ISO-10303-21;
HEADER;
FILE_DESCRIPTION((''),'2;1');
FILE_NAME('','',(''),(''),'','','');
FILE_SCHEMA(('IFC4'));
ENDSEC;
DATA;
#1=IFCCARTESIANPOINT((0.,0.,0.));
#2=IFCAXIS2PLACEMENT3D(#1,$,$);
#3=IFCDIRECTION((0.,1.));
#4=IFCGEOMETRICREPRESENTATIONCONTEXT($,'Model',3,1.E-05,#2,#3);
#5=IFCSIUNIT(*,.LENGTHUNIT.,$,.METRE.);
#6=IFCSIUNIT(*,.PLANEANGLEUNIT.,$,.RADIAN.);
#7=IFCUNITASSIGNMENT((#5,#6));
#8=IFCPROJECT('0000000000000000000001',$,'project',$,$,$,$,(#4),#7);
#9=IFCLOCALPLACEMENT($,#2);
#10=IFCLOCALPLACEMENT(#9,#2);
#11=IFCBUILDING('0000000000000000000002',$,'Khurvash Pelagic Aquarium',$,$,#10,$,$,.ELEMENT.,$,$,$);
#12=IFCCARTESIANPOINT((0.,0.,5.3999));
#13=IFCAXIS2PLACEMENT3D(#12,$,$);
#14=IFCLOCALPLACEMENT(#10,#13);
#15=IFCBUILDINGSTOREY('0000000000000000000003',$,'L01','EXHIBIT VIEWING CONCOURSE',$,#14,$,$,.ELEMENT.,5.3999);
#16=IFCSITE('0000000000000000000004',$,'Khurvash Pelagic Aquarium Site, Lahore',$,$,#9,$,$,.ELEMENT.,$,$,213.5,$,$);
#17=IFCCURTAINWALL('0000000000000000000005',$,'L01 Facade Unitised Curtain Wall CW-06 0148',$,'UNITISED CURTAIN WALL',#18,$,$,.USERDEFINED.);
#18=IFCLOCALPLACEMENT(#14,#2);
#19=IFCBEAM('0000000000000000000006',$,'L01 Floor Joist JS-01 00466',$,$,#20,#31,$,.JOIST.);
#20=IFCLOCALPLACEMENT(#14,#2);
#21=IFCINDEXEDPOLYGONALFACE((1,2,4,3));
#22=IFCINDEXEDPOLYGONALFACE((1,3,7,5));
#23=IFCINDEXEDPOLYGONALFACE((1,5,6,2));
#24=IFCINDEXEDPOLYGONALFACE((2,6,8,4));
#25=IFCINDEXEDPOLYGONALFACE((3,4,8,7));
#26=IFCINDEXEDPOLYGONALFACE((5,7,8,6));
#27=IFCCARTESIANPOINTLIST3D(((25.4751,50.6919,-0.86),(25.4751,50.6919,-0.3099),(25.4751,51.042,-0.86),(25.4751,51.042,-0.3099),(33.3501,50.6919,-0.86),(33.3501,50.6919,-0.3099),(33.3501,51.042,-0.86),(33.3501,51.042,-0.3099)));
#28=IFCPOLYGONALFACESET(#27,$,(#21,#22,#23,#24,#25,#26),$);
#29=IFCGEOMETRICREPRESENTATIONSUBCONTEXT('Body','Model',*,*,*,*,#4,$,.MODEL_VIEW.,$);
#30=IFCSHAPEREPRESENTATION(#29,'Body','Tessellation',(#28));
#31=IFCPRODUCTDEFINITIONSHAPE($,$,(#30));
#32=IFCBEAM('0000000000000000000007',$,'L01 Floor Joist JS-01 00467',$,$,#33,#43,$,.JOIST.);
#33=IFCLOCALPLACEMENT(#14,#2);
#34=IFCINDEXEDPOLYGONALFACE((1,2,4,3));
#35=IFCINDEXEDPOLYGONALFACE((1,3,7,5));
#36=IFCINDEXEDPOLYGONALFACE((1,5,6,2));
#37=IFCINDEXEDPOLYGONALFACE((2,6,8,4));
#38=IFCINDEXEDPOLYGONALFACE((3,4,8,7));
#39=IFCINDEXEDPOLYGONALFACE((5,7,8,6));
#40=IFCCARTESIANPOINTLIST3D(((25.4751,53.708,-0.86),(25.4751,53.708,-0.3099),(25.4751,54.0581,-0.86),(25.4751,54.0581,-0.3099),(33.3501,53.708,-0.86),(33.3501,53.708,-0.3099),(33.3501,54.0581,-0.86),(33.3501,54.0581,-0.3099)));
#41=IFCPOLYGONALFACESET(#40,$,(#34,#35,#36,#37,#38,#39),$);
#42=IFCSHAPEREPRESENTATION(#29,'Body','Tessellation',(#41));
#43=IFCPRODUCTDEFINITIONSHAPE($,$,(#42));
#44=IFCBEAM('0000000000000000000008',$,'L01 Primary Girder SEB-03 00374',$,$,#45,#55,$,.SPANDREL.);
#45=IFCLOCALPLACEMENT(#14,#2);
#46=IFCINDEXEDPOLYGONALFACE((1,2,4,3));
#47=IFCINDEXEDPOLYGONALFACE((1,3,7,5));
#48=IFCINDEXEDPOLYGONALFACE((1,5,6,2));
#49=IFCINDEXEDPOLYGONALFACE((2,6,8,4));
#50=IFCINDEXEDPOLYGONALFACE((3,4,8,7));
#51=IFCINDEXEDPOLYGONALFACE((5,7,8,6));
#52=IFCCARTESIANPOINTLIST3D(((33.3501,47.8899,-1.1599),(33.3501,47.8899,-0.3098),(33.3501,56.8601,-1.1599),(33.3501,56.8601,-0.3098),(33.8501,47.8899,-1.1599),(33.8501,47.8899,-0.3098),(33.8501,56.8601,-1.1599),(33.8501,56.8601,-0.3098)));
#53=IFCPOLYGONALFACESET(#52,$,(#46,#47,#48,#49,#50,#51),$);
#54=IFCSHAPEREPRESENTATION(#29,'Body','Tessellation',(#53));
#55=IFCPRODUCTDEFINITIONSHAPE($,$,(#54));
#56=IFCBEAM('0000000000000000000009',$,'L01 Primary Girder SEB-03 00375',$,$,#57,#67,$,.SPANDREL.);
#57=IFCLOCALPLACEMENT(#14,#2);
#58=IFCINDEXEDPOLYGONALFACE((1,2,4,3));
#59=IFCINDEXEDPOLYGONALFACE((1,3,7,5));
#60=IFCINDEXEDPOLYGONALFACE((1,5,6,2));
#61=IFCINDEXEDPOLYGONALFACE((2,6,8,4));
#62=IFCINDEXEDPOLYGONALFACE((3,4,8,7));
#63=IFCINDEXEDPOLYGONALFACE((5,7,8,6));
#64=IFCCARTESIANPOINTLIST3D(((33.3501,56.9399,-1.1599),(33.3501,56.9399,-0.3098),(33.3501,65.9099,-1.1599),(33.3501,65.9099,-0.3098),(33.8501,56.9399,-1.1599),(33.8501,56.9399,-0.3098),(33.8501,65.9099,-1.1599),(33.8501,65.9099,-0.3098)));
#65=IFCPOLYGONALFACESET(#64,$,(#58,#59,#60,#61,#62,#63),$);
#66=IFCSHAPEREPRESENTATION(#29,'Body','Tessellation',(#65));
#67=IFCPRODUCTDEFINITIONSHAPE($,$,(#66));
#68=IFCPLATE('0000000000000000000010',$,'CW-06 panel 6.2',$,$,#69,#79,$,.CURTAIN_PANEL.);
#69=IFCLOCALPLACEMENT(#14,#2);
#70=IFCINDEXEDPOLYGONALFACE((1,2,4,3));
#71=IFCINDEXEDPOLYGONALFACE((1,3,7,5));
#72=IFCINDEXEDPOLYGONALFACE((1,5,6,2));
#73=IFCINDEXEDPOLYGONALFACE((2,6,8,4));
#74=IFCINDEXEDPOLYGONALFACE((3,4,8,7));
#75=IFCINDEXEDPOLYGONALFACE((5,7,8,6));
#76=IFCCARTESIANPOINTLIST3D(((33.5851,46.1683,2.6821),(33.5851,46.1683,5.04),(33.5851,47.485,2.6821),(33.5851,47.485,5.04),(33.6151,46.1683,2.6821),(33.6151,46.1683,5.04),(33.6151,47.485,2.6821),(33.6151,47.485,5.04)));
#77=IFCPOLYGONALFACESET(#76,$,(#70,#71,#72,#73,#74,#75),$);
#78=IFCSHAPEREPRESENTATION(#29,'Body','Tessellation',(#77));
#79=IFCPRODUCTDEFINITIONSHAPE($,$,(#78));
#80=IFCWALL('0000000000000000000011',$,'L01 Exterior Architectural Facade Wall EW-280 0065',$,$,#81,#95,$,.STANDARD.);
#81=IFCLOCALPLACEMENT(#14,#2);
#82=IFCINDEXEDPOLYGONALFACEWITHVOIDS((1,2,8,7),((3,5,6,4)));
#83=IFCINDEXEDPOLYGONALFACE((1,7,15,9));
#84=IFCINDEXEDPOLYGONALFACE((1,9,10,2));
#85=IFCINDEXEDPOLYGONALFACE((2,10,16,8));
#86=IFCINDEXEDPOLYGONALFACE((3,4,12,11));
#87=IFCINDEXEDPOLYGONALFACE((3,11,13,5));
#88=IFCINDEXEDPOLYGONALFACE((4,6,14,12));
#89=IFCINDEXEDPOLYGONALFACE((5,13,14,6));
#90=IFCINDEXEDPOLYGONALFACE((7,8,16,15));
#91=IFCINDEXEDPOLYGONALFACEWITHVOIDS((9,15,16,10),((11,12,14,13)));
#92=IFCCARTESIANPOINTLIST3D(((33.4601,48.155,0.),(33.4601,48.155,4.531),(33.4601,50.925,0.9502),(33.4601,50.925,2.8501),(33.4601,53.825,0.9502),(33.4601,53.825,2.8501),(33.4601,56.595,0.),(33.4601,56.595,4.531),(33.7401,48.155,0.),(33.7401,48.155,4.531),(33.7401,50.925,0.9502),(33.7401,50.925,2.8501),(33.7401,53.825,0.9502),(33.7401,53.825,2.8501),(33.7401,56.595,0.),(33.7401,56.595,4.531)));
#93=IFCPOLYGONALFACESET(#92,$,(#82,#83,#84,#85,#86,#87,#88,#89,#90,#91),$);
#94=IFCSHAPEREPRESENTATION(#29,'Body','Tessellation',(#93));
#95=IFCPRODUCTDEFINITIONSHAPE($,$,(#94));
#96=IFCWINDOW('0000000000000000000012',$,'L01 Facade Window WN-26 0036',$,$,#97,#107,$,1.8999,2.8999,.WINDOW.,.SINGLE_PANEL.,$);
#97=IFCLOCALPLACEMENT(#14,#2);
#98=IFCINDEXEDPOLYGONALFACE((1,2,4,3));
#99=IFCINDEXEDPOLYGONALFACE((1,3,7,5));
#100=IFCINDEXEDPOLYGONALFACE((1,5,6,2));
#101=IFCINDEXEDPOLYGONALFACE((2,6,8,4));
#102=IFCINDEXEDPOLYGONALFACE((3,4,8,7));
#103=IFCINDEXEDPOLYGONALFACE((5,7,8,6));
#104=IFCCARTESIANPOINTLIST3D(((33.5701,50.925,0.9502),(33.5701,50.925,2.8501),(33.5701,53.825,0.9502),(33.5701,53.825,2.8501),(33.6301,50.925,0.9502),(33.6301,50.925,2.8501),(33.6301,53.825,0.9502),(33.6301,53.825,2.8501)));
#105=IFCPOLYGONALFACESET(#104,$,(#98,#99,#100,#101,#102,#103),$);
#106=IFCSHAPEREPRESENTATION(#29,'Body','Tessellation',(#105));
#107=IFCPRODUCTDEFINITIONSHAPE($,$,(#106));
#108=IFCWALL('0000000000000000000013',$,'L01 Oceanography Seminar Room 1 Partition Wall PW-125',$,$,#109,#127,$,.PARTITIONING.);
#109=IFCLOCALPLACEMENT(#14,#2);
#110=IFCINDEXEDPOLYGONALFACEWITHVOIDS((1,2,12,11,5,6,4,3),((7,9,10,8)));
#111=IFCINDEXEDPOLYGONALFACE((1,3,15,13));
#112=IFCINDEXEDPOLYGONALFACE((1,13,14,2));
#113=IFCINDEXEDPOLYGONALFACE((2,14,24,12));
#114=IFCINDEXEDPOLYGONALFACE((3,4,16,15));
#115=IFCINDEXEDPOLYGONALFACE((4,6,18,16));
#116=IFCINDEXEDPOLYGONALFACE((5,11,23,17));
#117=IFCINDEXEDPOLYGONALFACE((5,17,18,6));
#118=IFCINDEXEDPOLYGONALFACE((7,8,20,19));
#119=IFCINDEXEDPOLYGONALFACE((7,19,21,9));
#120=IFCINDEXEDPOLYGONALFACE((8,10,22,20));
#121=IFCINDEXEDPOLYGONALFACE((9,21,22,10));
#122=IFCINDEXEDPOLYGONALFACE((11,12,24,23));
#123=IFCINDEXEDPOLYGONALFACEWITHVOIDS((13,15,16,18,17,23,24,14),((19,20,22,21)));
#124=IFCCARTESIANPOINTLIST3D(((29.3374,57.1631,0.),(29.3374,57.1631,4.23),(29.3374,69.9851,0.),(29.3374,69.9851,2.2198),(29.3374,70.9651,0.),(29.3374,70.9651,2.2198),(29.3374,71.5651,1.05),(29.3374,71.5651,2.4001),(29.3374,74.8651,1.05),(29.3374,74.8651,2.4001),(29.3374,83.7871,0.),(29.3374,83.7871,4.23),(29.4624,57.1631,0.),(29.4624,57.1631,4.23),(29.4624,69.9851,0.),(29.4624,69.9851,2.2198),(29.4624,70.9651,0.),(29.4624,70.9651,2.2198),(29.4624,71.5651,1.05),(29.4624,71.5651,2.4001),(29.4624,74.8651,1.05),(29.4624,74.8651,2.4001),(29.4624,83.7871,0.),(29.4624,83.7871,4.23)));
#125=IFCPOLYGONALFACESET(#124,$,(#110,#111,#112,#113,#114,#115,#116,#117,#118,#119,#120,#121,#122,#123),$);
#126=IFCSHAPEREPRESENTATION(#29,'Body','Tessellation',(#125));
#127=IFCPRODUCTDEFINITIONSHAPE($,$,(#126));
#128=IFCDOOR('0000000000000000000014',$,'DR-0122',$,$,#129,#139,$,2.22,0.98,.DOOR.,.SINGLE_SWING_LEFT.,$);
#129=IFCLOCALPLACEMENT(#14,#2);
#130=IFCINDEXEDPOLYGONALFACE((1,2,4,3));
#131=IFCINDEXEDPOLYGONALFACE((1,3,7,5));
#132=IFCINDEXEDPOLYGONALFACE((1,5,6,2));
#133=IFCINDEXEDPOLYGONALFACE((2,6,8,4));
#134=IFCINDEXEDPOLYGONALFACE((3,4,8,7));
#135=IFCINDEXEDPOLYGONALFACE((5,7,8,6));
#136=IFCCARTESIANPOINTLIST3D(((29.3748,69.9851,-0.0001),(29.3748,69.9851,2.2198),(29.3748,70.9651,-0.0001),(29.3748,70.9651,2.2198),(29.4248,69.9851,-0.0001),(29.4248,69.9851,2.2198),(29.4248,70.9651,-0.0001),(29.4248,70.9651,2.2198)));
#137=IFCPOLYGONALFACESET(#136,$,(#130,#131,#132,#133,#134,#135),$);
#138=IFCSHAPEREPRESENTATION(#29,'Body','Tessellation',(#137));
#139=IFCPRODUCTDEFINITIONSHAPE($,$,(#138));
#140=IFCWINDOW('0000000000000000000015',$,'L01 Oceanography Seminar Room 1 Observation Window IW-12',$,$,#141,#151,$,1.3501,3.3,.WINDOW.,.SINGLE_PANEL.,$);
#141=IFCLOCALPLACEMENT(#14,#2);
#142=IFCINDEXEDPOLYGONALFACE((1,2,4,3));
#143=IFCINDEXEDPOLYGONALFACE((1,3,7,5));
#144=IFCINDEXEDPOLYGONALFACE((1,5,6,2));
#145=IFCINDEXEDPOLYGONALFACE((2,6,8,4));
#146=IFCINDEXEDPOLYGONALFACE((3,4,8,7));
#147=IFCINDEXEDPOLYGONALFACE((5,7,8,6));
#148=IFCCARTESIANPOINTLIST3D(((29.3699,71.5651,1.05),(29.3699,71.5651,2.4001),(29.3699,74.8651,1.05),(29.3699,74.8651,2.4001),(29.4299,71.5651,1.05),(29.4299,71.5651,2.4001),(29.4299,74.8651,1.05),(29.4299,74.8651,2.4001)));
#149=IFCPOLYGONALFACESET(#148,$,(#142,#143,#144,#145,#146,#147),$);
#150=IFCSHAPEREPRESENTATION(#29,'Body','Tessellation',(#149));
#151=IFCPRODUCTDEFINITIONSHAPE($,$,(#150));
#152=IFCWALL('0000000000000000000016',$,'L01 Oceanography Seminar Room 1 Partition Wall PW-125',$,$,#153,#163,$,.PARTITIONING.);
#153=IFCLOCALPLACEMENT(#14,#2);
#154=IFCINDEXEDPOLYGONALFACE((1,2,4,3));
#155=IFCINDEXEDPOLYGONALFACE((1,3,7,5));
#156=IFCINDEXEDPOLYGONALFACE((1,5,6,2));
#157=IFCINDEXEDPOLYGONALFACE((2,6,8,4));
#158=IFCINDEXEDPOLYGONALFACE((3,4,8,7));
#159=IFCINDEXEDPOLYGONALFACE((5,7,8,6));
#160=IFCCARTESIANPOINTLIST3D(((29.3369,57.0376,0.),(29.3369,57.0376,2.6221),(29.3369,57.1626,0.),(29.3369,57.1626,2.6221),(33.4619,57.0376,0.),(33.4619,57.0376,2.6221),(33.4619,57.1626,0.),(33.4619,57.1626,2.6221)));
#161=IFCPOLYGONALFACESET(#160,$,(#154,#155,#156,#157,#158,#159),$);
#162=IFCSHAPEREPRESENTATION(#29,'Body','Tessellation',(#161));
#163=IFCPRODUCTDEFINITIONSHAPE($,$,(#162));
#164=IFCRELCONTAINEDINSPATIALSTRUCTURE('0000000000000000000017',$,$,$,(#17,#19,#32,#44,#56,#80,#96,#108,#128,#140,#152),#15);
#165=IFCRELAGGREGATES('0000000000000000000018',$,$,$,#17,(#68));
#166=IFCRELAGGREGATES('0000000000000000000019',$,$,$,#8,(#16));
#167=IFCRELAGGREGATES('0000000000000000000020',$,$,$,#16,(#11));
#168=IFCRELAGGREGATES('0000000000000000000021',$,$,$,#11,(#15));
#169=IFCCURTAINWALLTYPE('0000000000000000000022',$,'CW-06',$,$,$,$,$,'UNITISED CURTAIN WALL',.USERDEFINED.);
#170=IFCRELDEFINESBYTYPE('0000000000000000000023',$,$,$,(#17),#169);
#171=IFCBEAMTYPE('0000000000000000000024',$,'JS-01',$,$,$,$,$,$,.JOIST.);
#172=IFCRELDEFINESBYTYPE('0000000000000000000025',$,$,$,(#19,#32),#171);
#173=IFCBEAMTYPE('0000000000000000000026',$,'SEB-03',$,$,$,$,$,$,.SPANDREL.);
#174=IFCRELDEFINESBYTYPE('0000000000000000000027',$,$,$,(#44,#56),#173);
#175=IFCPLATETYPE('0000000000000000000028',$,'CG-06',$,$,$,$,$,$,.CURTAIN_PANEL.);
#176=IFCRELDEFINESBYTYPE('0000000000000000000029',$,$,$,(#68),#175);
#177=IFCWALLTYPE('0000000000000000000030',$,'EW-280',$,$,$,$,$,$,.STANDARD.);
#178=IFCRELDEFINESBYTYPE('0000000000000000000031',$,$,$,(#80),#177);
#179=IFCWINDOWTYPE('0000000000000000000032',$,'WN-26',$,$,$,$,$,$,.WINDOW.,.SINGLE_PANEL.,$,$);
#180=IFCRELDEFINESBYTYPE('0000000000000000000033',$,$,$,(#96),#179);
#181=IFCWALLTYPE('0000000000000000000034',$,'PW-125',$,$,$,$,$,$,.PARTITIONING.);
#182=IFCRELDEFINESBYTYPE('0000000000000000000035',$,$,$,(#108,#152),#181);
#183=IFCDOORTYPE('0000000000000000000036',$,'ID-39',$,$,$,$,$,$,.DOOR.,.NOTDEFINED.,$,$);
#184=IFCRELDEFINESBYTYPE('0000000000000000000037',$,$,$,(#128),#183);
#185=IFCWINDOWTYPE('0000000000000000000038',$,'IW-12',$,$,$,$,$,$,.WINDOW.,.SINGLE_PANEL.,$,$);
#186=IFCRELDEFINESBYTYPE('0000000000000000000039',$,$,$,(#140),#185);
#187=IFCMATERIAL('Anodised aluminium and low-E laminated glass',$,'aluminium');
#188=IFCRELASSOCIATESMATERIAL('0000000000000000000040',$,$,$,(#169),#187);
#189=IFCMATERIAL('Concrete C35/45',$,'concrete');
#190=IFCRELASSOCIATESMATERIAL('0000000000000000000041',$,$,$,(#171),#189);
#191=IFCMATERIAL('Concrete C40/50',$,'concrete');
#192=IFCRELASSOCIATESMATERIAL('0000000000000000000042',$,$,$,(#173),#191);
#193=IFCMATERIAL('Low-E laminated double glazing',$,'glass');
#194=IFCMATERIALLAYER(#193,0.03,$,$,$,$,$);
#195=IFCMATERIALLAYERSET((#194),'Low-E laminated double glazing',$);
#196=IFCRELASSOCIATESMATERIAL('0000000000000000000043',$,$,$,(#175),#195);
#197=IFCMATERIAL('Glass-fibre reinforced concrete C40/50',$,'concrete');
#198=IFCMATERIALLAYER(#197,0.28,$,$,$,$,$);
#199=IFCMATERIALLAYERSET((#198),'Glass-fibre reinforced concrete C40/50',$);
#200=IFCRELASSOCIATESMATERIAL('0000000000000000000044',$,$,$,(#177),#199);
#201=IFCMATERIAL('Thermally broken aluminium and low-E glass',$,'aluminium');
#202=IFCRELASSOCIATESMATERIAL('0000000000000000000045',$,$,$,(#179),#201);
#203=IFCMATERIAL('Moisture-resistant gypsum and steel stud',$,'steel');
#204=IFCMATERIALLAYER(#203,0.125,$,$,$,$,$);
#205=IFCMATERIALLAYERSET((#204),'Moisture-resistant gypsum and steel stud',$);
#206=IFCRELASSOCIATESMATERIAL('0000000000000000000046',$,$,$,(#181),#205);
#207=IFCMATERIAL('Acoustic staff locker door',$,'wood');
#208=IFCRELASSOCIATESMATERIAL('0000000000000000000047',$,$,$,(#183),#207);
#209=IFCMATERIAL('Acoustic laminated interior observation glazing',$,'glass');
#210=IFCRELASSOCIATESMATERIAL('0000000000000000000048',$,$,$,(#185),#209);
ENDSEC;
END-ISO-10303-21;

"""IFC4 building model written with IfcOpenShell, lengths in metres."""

from ifc_helpers import new_model, si_unit, direction, frame, frame_2d, origin, origin_2d, place, context, subcontext, project, spatial, rectangle, extrude, material, layer, layer_set, material_profile, profile_set, type_object, element, fill, aggregate, save


model = new_model("IFC4")

# Units and contexts
model_context = context("Model", 3, precision=1e-05, world=origin(), true_north=direction((0.0, 1.0)))
body_context = subcontext(model_context, "Body", "Model", "MODEL_VIEW")
ifc_project = project(units=[si_unit("LENGTHUNIT", "METRE"), si_unit("PLANEANGLEUNIT", "RADIAN")], contexts=[model_context])

# Site, building, storey
site_placement = place(None, origin())
site = spatial("IfcSite", under=ifc_project, at=site_placement, Name="Khurvash Pelagic Aquarium Site, Lahore", CompositionType="ELEMENT", RefElevation=213.5)
building_placement = place(site_placement, origin())
building = spatial("IfcBuilding", under=site, at=building_placement, Name="Khurvash Pelagic Aquarium", CompositionType="ELEMENT")
storey_placement = place(building_placement, frame((0.0, 0.0, 5.3999)))
storey = spatial("IfcBuildingStorey", under=building, at=storey_placement, Name="L01", Description="EXHIBIT VIEWING CONCOURSE", CompositionType="ELEMENT", Elevation=5.3999)

# Shared definitions
ifc_material_1 = material(Name="Concrete C40/50", Category="concrete")

# Curtain wall
ifc_material_2 = material(Name="Anodised aluminium and low-E laminated glass", Category="aluminium")
curtain_wall_type = type_object("IfcCurtainWallType", Name="CW-06", ElementType="UNITISED CURTAIN WALL", PredefinedType="USERDEFINED", material=ifc_material_2)
curtain_wall_1_placement = place(storey_placement, origin())
curtain_wall_1 = element("IfcCurtainWall", 1, at=curtain_wall_1_placement, inside=storey, type_object=curtain_wall_type, Name="L01 Facade Unitised Curtain Wall CW-06 0148", ObjectType="UNITISED CURTAIN WALL", PredefinedType="USERDEFINED")

# Beams
ifc_material_3 = material(Name="Concrete C35/45", Category="concrete")
ifc_material_profile_1 = material_profile(ifc_material_3, rectangle(XDim=0.3501, YDim=0.55, at=origin_2d()), Name="RC350X550")
ifc_profile_set_1 = profile_set([ifc_material_profile_1], Name="Concrete C35/45")
beam_type_1 = type_object("IfcBeamType", Name="JS-01", PredefinedType="JOIST", material=ifc_profile_set_1)
for number, where, z_axis, x_axis, name in (
    (2, (25.4751, 50.8669, -0.585), (1.0, 0.0, 0.0), (0.0, 1.0, 0.0), "L01 Floor Joist JS-01 00466"),
    (3, (25.4751, 53.8831, -0.585), (1.0, 0.0, 0.0), (0.0, 1.0, 0.0), "L01 Floor Joist JS-01 00467"),
):
    element("IfcBeam", number, at=place(storey_placement, frame(where, z_axis=z_axis, x_axis=x_axis)), inside=storey, type_object=beam_type_1, Name=name, PredefinedType="JOIST", context=body_context, shape_type="SweptSolid", body=[
        extrude(rectangle(XDim=0.3501, YDim=0.55, at=origin_2d()), origin(), (0.0, 0.0, 1.0), 7.875),
    ])
ifc_material_profile_2 = material_profile(ifc_material_1, rectangle(XDim=0.5, YDim=0.8501, at=origin_2d()), Name="RC500X850")
ifc_profile_set_2 = profile_set([ifc_material_profile_2], Name="Concrete C40/50")
beam_type_2 = type_object("IfcBeamType", Name="SEB-03", PredefinedType="SPANDREL", material=ifc_profile_set_2)
beam_1_placement = place(storey_placement, frame((33.6001, 47.8899, -0.7349), z_axis=(0.0, 1.0, 0.0), x_axis=(-1.0, 0.0, 0.0)))
element("IfcBeam", 4, at=beam_1_placement, inside=storey, type_object=beam_type_2, Name="L01 Primary Girder SEB-03 00374", PredefinedType="SPANDREL", context=body_context, shape_type="SweptSolid", body=[
    extrude(rectangle(XDim=0.5, YDim=0.8501, at=origin_2d()), origin(), (0.0, 0.0, 1.0), 8.9702),
])
beam_2_placement = place(storey_placement, frame((33.6001, 56.9399, -0.7349), z_axis=(0.0, 1.0, 0.0), x_axis=(-1.0, 0.0, 0.0)))
element("IfcBeam", 5, at=beam_2_placement, inside=storey, type_object=beam_type_2, Name="L01 Primary Girder SEB-03 00375", PredefinedType="SPANDREL", context=body_context, shape_type="SweptSolid", body=[
    extrude(rectangle(XDim=0.5, YDim=0.8501, at=origin_2d()), origin(), (0.0, 0.0, 1.0), 8.97),
])

# Plate
ifc_material_4 = material(Name="Low-E laminated double glazing", Category="glass")
ifc_layer_1 = layer(ifc_material_4, 0.03)
ifc_layer_set_1 = layer_set([ifc_layer_1], Name="Low-E laminated double glazing")
plate_type = type_object("IfcPlateType", Name="CG-06", PredefinedType="CURTAIN_PANEL", material=ifc_layer_set_1)
plate_placement = place(storey_placement, frame((33.6001, 46.8267, 2.6821), z_axis=(0.0, 0.0, 1.0), x_axis=(0.0, 1.0, 0.0)))
plate = element("IfcPlate", 6, at=plate_placement, type_object=plate_type, Name="CW-06 panel 6.2", PredefinedType="CURTAIN_PANEL", context=body_context, shape_type="SweptSolid", body=[
    extrude(rectangle(XDim=1.3167, YDim=0.03, at=origin_2d()), origin(), (0.0, 0.0, 1.0), 2.3579),
])
aggregate(curtain_wall_1, [plate])

# Wall, opening, window
ifc_material_5 = material(Name="Glass-fibre reinforced concrete C40/50", Category="concrete")
ifc_layer_2 = layer(ifc_material_5, 0.28)
ifc_layer_set_2 = layer_set([ifc_layer_2], Name="Glass-fibre reinforced concrete C40/50")
wall_type_1 = type_object("IfcWallType", Name="EW-280", PredefinedType="STANDARD", material=ifc_layer_set_2)
wall_1_placement = place(storey_placement, frame((33.6001, 48.155, 0.0), z_axis=(0.0, 0.0, 1.0), x_axis=(0.0, 1.0, 0.0)))
wall_1 = element("IfcWall", 7, at=wall_1_placement, inside=storey, type_object=wall_type_1, Name="L01 Exterior Architectural Facade Wall EW-280 0065", PredefinedType="STANDARD", context=body_context, shape_type="SweptSolid", body=[
    extrude(rectangle(XDim=8.4399, YDim=0.28, at=frame_2d((4.22, 0.0))), origin(), (0.0, 0.0, 1.0), 4.531),
])
opening_1_placement = place(wall_1_placement, frame((2.77, 0.0, 0.9502)))
opening_1 = element("IfcOpeningElement", 8, at=opening_1_placement, cuts=wall_1, PredefinedType="OPENING", context=body_context, shape_type="SweptSolid", body=[
    extrude(rectangle(XDim=2.8999, YDim=1.8999, at=frame_2d((1.45, 0.95))), frame((0.0, 0.1499, 0.0), z_axis=(0.0, -1.0, 0.0), x_axis=(1.0, 0.0, 0.0)), (0.0, 0.0, 1.0), 0.3),
])
ifc_material_6 = material(Name="Thermally broken aluminium and low-E glass", Category="aluminium")
window_type_1 = type_object("IfcWindowType", Name="WN-26", PartitioningType="SINGLE_PANEL", PredefinedType="WINDOW", material=ifc_material_6)
window_1_placement = place(opening_1_placement, origin())
window_1 = element("IfcWindow", 9, at=window_1_placement, inside=storey, type_object=window_type_1, Name="L01 Facade Window WN-26 0036", OverallHeight=1.8999, OverallWidth=2.8999, PartitioningType="SINGLE_PANEL", PredefinedType="WINDOW", context=body_context, shape_type="SweptSolid", body=[
    extrude(rectangle(XDim=2.8999, YDim=1.8999, at=frame_2d((1.45, 0.95))), frame((0.0, 0.03, 0.0), z_axis=(0.0, -1.0, 0.0), x_axis=(1.0, 0.0, 0.0)), (0.0, 0.0, 1.0), 0.0601),
])
fill(opening_1, window_1)

# Wall, openings, door, window
ifc_material_7 = material(Name="Moisture-resistant gypsum and steel stud", Category="steel")
ifc_layer_3 = layer(ifc_material_7, 0.125)
ifc_layer_set_3 = layer_set([ifc_layer_3], Name="Moisture-resistant gypsum and steel stud")
wall_type_2 = type_object("IfcWallType", Name="PW-125", PredefinedType="PARTITIONING", material=ifc_layer_set_3)
wall_2_placement = place(storey_placement, frame((29.3999, 57.1631, 0.0), z_axis=(0.0, 0.0, 1.0), x_axis=(0.0, 1.0, 0.0)))
wall_2 = element("IfcWall", 10, at=wall_2_placement, inside=storey, type_object=wall_type_2, Name="L01 Oceanography Seminar Room 1 Partition Wall PW-125", PredefinedType="PARTITIONING", context=body_context, shape_type="SweptSolid", body=[
    extrude(rectangle(XDim=26.624, YDim=0.125, at=frame_2d((13.312, 0.0))), origin(), (0.0, 0.0, 1.0), 4.23),
])
opening_2_placement = place(wall_2_placement, frame((12.822, 0.0, 0.0)))
opening_2 = element("IfcOpeningElement", 11, at=opening_2_placement, cuts=wall_2, PredefinedType="OPENING", context=body_context, shape_type="SweptSolid", body=[
    extrude(rectangle(XDim=0.98, YDim=2.22, at=frame_2d((0.49, 1.1099))), frame((0.0, 0.0725, 0.0), z_axis=(0.0, -1.0, 0.0), x_axis=(1.0, 0.0, 0.0)), (0.0, 0.0, 1.0), 0.145),
])
opening_3_placement = place(wall_2_placement, frame((14.4021, 0.0, 1.05)))
opening_3 = element("IfcOpeningElement", 12, at=opening_3_placement, cuts=wall_2, PredefinedType="OPENING", context=body_context, shape_type="SweptSolid", body=[
    extrude(rectangle(XDim=3.3, YDim=1.3501, at=frame_2d((1.6499, 0.675))), frame((0.0, 0.0725, 0.0), z_axis=(0.0, -1.0, 0.0), x_axis=(1.0, 0.0, 0.0)), (0.0, 0.0, 1.0), 0.145),
])
ifc_material_8 = material(Name="Acoustic staff locker door", Category="wood")
door_type = type_object("IfcDoorType", Name="ID-39", OperationType="NOTDEFINED", PredefinedType="DOOR", material=ifc_material_8)
door_placement = place(opening_2_placement, frame((0.98, 0.0, 0.0), z_axis=(0.0, 0.0, 1.0), x_axis=(-1.0, 0.0, 0.0)))
door = element("IfcDoor", 13, at=door_placement, inside=storey, type_object=door_type, Name="DR-0122", OperationType="SINGLE_SWING_LEFT", OverallHeight=2.22, OverallWidth=0.98, PredefinedType="DOOR", context=body_context, shape_type="SweptSolid", body=[
    extrude(rectangle(XDim=0.98, YDim=2.22, at=frame_2d((0.49, 1.1099))), frame((0.0, 0.0249, 0.0), z_axis=(0.0, -1.0, 0.0), x_axis=(1.0, 0.0, 0.0)), (0.0, 0.0, 1.0), 0.05),
])
fill(opening_2, door)
ifc_material_9 = material(Name="Acoustic laminated interior observation glazing", Category="glass")
window_type_2 = type_object("IfcWindowType", Name="IW-12", PartitioningType="SINGLE_PANEL", PredefinedType="WINDOW", material=ifc_material_9)
window_2_placement = place(opening_3_placement, origin())
window_2 = element("IfcWindow", 14, at=window_2_placement, inside=storey, type_object=window_type_2, Name="L01 Oceanography Seminar Room 1 Observation Window IW-12", OverallHeight=1.3501, OverallWidth=3.3, PartitioningType="SINGLE_PANEL", PredefinedType="WINDOW", context=body_context, shape_type="SweptSolid", body=[
    extrude(rectangle(XDim=3.3, YDim=1.3501, at=frame_2d((1.6499, 0.675))), frame((0.0, 0.03, 0.0), z_axis=(0.0, -1.0, 0.0), x_axis=(1.0, 0.0, 0.0)), (0.0, 0.0, 1.0), 0.0601),
])
fill(opening_3, window_2)

# Wall
wall_3_placement = place(storey_placement, frame((29.3369, 57.1001, 0.0), z_axis=(0.0, 0.0, 1.0), x_axis=(1.0, 0.0, 0.0)))
element("IfcWall", 15, at=wall_3_placement, inside=storey, type_object=wall_type_2, Name="L01 Oceanography Seminar Room 1 Partition Wall PW-125", PredefinedType="PARTITIONING", context=body_context, shape_type="SweptSolid", body=[
    extrude(rectangle(XDim=4.125, YDim=0.125, at=frame_2d((2.0625, 0.0))), origin(), (0.0, 0.0, 1.0), 2.6221),
])

save(model, "model.ifc")
